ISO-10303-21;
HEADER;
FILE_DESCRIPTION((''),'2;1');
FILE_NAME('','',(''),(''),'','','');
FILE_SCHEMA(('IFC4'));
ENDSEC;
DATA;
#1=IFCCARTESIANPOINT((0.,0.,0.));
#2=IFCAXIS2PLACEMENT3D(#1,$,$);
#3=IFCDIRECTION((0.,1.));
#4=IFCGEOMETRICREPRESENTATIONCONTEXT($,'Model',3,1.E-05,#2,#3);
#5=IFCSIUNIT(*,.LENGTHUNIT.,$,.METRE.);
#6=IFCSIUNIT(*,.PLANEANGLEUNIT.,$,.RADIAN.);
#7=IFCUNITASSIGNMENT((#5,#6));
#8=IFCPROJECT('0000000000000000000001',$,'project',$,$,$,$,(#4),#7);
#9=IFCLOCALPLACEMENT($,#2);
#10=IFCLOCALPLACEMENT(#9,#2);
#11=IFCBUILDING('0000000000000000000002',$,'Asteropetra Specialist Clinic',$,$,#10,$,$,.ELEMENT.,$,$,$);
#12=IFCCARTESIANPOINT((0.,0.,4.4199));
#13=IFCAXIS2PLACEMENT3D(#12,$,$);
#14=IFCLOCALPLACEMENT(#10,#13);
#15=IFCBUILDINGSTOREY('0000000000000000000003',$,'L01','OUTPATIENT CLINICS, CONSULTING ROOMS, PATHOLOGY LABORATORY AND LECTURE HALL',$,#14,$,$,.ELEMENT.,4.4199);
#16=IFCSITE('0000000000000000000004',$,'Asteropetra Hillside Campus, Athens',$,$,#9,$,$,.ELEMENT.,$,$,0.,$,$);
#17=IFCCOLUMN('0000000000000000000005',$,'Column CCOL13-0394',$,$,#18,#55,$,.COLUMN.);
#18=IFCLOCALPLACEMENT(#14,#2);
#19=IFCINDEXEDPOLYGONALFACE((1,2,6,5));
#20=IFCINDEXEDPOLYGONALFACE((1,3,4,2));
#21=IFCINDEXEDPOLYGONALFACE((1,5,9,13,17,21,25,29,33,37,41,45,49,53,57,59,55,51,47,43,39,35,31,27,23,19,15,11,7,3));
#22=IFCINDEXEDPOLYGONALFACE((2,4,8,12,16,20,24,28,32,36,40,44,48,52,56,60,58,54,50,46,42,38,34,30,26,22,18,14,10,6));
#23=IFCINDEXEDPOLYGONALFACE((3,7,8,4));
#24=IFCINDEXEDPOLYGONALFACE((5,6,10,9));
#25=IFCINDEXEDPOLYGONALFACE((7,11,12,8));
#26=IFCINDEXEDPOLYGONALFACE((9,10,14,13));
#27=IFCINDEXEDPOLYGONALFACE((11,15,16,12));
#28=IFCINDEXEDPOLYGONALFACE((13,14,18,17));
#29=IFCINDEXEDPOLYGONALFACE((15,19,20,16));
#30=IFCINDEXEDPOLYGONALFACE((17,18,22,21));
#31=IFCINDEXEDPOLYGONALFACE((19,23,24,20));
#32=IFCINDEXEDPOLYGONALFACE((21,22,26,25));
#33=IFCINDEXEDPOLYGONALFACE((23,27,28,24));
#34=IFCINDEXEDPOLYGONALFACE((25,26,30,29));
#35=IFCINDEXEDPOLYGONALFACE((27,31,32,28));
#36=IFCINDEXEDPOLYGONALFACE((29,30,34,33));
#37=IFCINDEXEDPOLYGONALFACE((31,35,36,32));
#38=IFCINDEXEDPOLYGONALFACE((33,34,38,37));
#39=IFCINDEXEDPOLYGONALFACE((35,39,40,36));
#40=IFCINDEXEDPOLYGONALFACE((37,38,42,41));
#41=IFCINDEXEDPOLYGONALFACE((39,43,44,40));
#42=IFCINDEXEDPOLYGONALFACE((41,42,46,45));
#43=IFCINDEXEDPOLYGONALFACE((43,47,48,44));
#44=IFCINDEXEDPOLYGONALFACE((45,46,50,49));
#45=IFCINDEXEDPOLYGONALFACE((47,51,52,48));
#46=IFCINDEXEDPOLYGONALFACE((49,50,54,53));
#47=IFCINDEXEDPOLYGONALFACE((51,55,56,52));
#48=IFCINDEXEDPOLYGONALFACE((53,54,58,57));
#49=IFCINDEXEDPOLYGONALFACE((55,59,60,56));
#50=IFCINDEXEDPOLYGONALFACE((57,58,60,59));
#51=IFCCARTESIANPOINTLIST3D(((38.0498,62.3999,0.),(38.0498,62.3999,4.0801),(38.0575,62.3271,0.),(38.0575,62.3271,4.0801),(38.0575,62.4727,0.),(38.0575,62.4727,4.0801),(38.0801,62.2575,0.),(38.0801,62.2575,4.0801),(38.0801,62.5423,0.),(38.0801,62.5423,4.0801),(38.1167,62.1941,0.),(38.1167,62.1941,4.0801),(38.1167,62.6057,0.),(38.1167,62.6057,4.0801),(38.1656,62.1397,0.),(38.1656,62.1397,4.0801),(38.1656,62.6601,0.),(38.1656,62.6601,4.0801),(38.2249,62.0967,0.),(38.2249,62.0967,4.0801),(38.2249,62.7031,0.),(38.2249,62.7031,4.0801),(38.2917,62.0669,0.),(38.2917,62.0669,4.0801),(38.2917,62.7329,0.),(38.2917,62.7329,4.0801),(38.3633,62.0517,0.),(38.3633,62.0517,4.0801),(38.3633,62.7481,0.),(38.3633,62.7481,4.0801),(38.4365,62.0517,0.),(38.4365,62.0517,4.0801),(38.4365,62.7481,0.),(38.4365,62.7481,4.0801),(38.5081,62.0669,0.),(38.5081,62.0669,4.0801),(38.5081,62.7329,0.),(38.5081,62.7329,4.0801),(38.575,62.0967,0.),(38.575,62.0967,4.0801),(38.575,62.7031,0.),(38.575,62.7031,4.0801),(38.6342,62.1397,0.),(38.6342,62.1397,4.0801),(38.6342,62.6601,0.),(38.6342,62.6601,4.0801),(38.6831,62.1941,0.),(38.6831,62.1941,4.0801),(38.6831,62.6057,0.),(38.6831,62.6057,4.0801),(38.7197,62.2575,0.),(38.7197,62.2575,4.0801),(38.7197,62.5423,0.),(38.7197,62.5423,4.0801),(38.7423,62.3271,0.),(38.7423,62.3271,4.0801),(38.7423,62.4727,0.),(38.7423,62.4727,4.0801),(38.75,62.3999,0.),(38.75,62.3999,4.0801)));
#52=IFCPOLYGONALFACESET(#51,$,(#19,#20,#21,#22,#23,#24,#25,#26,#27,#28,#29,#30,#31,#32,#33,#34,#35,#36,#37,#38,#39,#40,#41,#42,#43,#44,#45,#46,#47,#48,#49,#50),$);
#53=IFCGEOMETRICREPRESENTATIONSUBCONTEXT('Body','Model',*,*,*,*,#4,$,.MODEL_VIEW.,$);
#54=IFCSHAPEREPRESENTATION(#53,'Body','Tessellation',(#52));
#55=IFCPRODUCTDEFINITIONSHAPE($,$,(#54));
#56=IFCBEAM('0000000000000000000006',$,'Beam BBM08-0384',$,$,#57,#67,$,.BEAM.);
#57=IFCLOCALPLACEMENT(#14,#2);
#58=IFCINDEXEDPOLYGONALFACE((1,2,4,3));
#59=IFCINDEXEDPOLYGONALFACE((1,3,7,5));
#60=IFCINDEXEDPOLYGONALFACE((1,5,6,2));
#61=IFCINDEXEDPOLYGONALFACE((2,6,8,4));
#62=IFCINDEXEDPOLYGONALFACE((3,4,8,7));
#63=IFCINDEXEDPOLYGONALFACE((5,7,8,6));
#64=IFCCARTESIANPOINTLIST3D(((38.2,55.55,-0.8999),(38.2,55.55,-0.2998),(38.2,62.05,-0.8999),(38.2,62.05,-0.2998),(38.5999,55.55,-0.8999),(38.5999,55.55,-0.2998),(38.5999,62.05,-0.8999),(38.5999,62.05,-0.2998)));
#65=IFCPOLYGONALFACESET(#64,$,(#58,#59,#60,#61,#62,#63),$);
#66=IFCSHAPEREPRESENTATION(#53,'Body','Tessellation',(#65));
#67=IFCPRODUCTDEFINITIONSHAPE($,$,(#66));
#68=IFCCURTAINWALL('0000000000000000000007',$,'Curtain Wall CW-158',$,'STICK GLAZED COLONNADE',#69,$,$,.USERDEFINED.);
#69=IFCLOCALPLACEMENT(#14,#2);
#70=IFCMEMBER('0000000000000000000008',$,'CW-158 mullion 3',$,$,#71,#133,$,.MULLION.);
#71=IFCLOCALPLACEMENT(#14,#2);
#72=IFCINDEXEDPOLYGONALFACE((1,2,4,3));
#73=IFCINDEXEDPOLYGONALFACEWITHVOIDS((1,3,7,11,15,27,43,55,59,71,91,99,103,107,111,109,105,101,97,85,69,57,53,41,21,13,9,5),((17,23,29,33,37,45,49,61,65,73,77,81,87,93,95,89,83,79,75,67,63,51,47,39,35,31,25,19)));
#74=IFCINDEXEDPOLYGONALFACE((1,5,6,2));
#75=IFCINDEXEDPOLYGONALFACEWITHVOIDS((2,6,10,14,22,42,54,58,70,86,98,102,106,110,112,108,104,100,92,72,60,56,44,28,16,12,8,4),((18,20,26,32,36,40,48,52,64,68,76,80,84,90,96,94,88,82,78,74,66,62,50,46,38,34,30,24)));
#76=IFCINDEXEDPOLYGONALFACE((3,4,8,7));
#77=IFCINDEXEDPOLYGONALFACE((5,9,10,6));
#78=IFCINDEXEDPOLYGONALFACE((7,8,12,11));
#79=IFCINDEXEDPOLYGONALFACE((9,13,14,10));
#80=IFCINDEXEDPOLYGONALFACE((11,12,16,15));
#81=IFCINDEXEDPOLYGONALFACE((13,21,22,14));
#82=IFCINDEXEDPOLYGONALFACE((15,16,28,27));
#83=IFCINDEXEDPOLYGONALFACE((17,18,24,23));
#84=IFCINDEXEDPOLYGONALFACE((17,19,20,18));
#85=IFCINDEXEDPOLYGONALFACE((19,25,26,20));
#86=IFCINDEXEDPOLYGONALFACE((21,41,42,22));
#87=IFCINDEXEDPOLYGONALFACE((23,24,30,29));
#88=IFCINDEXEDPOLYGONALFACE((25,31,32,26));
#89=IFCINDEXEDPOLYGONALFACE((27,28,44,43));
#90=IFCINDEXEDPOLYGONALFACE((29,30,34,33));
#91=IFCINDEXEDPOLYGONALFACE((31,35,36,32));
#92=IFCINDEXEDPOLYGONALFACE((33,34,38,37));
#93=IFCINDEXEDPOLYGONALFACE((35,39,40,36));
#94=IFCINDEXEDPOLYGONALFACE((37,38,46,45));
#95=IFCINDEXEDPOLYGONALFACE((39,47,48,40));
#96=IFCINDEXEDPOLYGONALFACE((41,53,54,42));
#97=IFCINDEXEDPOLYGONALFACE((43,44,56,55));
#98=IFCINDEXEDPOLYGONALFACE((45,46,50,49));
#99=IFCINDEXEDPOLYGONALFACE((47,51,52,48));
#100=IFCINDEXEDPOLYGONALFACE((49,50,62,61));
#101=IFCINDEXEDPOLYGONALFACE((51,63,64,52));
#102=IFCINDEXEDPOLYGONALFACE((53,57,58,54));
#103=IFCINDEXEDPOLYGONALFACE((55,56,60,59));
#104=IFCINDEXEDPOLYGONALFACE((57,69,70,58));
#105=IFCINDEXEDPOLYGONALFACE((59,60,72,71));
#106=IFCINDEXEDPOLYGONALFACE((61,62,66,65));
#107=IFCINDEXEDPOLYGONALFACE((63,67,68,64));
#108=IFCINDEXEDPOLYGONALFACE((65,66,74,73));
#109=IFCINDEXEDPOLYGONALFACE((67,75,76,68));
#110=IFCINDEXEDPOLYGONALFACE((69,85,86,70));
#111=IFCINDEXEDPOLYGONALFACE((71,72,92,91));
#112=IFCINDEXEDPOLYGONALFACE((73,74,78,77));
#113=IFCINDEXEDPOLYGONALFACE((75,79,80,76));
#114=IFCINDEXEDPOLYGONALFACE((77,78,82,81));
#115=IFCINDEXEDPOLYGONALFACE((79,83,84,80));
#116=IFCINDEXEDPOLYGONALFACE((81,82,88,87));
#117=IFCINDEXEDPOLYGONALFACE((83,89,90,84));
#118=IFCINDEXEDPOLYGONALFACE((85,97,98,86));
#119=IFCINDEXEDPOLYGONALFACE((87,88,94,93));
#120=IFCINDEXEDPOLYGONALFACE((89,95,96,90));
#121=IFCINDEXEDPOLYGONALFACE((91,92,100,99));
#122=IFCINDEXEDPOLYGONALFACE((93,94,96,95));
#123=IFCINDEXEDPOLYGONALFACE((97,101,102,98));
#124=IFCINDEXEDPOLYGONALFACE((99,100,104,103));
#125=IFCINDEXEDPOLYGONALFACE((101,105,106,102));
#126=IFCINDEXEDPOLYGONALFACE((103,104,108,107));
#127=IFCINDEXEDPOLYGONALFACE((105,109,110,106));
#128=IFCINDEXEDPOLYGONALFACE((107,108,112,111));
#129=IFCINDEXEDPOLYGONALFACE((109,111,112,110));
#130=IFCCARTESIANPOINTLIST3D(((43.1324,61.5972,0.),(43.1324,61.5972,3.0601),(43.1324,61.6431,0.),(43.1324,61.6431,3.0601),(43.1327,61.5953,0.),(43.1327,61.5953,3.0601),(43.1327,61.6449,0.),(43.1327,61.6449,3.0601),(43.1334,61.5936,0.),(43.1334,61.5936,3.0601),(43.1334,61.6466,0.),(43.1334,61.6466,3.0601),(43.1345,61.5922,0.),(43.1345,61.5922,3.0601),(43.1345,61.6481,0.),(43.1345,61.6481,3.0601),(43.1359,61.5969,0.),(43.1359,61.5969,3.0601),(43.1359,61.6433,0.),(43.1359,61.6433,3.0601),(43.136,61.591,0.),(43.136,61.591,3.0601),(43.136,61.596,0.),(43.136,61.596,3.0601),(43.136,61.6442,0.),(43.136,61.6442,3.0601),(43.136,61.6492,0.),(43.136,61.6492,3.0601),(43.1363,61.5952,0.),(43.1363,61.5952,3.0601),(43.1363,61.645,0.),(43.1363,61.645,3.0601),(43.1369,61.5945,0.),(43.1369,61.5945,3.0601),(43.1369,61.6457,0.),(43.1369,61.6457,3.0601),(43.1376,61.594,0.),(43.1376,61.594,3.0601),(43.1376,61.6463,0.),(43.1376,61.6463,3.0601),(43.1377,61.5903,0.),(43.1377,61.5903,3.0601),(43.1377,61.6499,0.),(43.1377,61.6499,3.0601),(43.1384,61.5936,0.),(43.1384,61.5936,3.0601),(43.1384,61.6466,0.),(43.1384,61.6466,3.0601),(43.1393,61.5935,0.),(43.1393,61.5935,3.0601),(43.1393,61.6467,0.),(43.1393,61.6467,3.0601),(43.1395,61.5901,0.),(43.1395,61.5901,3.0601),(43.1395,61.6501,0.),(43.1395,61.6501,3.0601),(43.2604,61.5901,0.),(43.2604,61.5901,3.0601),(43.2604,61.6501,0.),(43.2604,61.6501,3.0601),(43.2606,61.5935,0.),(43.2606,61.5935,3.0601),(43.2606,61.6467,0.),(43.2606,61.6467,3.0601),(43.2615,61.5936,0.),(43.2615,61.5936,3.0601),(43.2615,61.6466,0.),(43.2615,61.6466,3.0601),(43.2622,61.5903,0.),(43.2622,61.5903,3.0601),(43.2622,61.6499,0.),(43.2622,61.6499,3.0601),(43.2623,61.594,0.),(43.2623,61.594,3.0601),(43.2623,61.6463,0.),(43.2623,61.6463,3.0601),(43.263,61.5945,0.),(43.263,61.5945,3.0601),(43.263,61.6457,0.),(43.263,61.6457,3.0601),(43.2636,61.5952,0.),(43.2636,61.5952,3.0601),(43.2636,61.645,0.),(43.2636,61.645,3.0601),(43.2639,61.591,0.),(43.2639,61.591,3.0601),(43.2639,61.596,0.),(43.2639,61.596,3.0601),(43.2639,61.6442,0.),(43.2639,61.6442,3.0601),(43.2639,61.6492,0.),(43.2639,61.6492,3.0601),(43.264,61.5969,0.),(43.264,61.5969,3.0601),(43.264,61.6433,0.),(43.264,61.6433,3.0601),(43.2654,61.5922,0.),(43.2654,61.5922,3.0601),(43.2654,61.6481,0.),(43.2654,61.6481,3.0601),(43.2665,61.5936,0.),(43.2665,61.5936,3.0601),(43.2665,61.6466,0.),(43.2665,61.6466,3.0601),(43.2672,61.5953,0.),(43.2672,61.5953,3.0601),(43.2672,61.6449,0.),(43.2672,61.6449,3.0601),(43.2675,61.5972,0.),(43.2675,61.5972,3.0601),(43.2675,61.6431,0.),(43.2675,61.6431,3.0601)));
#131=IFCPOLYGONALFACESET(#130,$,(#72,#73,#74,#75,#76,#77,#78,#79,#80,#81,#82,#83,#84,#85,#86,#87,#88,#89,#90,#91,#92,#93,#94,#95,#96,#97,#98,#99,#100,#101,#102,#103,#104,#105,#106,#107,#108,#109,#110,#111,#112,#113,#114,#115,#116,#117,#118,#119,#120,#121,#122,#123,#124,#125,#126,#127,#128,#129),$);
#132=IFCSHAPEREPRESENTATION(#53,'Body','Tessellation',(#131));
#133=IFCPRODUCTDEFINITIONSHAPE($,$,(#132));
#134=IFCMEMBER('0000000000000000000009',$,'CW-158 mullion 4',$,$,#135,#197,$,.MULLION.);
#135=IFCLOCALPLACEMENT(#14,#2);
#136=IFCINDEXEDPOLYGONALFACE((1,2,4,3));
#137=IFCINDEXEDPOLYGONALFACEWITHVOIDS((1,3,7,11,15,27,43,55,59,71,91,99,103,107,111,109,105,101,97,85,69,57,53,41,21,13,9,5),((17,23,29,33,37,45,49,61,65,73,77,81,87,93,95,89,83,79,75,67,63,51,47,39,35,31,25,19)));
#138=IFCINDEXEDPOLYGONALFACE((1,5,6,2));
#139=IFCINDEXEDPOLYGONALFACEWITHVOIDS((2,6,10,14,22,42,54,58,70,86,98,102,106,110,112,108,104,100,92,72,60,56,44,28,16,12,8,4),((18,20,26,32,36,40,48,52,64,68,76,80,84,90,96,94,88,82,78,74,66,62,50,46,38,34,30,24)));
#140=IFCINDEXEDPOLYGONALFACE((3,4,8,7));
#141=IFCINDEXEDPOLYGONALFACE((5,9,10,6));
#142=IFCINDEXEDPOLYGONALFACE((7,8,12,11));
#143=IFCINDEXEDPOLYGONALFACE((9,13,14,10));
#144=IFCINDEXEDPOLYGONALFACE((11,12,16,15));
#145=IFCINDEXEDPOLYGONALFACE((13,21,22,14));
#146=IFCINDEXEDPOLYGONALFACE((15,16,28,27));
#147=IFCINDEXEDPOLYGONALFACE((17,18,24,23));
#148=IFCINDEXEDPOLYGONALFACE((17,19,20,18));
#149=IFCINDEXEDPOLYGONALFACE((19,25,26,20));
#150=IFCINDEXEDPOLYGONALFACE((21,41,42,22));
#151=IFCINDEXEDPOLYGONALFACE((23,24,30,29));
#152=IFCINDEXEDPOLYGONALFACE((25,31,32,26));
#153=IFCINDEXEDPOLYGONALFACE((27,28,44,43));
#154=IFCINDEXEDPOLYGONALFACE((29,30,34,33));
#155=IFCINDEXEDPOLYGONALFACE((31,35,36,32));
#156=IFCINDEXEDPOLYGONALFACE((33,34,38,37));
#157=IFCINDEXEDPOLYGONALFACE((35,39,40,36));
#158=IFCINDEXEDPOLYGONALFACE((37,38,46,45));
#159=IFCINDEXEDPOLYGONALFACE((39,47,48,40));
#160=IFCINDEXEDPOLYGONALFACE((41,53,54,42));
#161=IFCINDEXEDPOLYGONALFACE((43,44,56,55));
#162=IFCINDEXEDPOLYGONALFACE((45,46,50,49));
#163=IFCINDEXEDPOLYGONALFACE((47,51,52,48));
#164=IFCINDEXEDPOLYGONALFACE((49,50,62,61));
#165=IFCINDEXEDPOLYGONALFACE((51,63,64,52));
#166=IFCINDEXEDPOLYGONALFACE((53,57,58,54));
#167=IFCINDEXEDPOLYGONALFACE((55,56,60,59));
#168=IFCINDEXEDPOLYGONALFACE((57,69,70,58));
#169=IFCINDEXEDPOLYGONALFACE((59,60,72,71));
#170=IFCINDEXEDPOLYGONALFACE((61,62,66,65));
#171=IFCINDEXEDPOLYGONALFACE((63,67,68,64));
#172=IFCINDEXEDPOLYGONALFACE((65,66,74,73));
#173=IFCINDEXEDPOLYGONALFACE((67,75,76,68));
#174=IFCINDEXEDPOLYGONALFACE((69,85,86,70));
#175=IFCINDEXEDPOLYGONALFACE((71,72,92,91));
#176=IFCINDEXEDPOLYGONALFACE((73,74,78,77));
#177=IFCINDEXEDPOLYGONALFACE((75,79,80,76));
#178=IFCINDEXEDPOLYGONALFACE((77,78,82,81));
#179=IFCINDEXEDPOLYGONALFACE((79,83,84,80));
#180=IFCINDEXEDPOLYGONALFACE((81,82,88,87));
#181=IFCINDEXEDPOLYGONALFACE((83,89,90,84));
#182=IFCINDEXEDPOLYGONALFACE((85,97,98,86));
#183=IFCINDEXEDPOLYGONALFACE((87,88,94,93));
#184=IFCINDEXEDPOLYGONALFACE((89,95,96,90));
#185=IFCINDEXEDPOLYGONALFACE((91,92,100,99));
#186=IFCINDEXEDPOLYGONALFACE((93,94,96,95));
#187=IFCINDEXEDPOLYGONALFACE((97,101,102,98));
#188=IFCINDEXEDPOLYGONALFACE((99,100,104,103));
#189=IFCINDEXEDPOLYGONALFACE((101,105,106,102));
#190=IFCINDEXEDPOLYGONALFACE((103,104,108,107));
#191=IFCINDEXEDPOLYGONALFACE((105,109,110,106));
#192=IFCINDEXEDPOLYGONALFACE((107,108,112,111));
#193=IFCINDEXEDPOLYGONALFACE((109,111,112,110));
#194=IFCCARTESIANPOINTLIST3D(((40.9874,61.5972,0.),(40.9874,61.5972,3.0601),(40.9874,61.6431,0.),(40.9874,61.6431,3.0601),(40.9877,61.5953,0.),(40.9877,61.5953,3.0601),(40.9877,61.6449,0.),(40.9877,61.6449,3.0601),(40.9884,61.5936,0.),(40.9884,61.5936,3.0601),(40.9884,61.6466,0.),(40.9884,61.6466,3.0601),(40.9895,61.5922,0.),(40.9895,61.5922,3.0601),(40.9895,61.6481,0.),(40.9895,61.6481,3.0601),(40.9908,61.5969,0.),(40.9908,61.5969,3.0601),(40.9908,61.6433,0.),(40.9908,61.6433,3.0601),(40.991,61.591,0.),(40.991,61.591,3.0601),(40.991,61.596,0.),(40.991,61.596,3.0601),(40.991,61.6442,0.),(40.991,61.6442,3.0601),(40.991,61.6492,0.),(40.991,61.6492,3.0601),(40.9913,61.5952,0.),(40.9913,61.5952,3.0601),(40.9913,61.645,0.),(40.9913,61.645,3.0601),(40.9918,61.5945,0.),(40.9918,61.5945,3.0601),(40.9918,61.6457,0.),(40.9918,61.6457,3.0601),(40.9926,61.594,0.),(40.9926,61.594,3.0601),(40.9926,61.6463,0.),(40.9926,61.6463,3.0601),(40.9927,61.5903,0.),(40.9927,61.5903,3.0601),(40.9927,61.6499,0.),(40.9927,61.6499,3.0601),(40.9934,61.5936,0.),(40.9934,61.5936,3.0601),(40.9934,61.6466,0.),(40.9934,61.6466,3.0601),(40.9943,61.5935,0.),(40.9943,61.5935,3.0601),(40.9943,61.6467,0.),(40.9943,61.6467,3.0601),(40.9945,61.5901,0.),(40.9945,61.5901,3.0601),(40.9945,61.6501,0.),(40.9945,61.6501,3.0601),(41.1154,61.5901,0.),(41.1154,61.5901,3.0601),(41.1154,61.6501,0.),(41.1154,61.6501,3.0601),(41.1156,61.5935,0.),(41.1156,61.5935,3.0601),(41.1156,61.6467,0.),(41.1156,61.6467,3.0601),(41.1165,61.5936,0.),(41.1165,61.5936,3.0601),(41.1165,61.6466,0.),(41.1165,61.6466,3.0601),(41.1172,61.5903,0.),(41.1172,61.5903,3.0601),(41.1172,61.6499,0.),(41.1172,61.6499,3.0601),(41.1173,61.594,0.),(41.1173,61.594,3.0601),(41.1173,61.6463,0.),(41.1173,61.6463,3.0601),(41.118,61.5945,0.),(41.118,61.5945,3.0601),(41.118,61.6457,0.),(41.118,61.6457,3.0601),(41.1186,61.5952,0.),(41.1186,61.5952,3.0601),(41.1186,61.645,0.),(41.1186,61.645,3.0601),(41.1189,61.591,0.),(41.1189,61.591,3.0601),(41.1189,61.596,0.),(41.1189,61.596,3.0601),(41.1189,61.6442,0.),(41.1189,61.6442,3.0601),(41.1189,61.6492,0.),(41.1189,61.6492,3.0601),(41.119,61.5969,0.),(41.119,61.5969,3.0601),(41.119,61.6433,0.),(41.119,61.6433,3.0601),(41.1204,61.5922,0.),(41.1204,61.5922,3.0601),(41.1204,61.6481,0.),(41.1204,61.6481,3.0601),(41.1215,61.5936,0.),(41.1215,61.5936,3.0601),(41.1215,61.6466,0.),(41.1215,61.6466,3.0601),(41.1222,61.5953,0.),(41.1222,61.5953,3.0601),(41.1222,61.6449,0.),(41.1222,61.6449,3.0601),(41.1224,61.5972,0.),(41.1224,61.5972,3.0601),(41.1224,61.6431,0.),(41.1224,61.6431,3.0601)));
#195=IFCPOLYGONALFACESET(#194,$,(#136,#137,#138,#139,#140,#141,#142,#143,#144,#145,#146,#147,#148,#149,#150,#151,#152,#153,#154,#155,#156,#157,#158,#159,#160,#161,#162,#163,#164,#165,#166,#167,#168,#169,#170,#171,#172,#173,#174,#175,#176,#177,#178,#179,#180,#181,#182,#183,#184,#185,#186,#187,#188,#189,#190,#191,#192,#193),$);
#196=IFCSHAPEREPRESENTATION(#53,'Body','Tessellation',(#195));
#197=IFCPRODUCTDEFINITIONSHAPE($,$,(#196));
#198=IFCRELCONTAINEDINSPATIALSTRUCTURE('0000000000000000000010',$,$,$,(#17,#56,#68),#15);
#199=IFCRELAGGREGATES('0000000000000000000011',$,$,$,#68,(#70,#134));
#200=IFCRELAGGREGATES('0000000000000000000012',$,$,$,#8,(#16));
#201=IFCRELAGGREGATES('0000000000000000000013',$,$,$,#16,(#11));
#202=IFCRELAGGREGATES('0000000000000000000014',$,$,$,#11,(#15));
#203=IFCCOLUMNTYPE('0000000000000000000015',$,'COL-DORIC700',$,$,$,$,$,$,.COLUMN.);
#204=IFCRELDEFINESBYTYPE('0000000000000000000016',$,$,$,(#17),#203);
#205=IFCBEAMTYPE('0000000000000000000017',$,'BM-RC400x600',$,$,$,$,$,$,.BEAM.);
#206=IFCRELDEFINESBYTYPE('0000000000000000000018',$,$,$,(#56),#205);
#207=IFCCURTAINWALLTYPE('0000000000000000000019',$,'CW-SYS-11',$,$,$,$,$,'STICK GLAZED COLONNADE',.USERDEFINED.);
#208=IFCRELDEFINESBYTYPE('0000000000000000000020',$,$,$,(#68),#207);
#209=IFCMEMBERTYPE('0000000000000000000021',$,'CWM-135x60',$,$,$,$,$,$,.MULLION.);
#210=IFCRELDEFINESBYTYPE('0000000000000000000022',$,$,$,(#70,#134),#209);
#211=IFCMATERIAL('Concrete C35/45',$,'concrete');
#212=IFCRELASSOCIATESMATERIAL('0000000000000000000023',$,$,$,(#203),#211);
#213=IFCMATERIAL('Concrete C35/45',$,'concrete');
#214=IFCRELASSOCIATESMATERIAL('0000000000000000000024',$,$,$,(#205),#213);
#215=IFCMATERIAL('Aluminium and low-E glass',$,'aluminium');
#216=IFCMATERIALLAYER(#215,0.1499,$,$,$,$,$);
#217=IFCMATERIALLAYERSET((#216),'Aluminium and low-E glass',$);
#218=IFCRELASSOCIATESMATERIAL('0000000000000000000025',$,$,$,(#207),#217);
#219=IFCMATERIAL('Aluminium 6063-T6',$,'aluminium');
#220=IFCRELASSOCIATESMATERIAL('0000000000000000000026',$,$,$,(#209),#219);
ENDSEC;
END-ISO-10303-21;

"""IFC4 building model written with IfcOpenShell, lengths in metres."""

from ifc_helpers import new_model, si_unit, direction, frame, origin, origin_2d, place, context, subcontext, project, spatial, rectangle, hollow_rectangle, circle, extrude, material, layer, layer_set, material_profile, profile_set, type_object, element, aggregate, save


model = new_model("IFC4")

# Units and contexts
model_context = context("Model", 3, precision=1e-05, world=origin(), true_north=direction((0.0, 1.0)))
body_context = subcontext(model_context, "Body", "Model", "MODEL_VIEW")
ifc_project = project(units=[si_unit("LENGTHUNIT", "METRE"), si_unit("PLANEANGLEUNIT", "RADIAN")], contexts=[model_context])

# Site, building, storey
site_placement = place(None, origin())
site = spatial("IfcSite", under=ifc_project, at=site_placement, Name="Asteropetra Hillside Campus, Athens", CompositionType="ELEMENT", RefElevation=0.0)
building_placement = place(site_placement, origin())
building = spatial("IfcBuilding", under=site, at=building_placement, Name="Asteropetra Specialist Clinic", CompositionType="ELEMENT")
storey_placement = place(building_placement, frame((0.0, 0.0, 4.4199)))
storey = spatial("IfcBuildingStorey", under=building, at=storey_placement, Name="L01", Description="OUTPATIENT CLINICS, CONSULTING ROOMS, PATHOLOGY LABORATORY AND LECTURE HALL", CompositionType="ELEMENT", Elevation=4.4199)

# Column
ifc_material_1 = material(Name="Concrete C35/45", Category="concrete")
ifc_material_profile_1 = material_profile(ifc_material_1, circle(Radius=0.3501, at=origin_2d()), Name="RCC D700")
ifc_profile_set_1 = profile_set([ifc_material_profile_1], Name="Concrete C35/45")
column_type = type_object("IfcColumnType", Name="COL-DORIC700", PredefinedType="COLUMN", material=ifc_profile_set_1)
column_placement = place(storey_placement, frame((38.3999, 62.3999, 0.0), z_axis=(0.0, 0.0, 1.0), x_axis=(1.0, 0.0, 0.0)))
element("IfcColumn", 1, at=column_placement, inside=storey, type_object=column_type, Name="Column CCOL13-0394", PredefinedType="COLUMN", context=body_context, shape_type="SweptSolid", body=[
    extrude(circle(Radius=0.3501, at=origin_2d()), origin(), (0.0, 0.0, 1.0), 4.0801),
])

# Beam
ifc_material_2 = material(Name="Concrete C35/45", Category="concrete")
ifc_material_profile_2 = material_profile(ifc_material_2, rectangle(XDim=0.3999, YDim=0.6001, at=origin_2d()), Name="RCB 400x600")
ifc_profile_set_2 = profile_set([ifc_material_profile_2], Name="Concrete C35/45")
beam_type_1 = type_object("IfcBeamType", Name="BM-RC400x600", PredefinedType="BEAM", material=ifc_profile_set_2)
beam_1_placement = place(storey_placement, frame((38.3999, 55.55, -0.5999), z_axis=(0.0, 1.0, 0.0), x_axis=(-1.0, 0.0, 0.0)))
element("IfcBeam", 2, at=beam_1_placement, inside=storey, type_object=beam_type_1, Name="Beam BBM08-0384", PredefinedType="BEAM", context=body_context, shape_type="SweptSolid", body=[
    extrude(rectangle(XDim=0.3999, YDim=0.6001, at=origin_2d()), origin(), (0.0, 0.0, 1.0), 6.5),
])

# Curtain wall, members
ifc_material_3 = material(Name="Aluminium and low-E glass", Category="aluminium")
ifc_layer_1 = layer(ifc_material_3, 0.1499)
ifc_layer_set_1 = layer_set([ifc_layer_1], Name="Aluminium and low-E glass")
curtain_wall_type = type_object("IfcCurtainWallType", Name="CW-SYS-11", ElementType="STICK GLAZED COLONNADE", PredefinedType="USERDEFINED", material=ifc_layer_set_1)
curtain_wall_placement = place(storey_placement, origin())
curtain_wall = element("IfcCurtainWall", 3, at=curtain_wall_placement, inside=storey, type_object=curtain_wall_type, Name="Curtain Wall CW-158", ObjectType="STICK GLAZED COLONNADE", PredefinedType="USERDEFINED")
ifc_material_4 = material(Name="Aluminium 6063-T6", Category="aluminium")
ifc_material_profile_3 = material_profile(ifc_material_4, hollow_rectangle(XDim=0.0601, YDim=0.135, WallThickness=0.0034, InnerFilletRadius=0.0034, OuterFilletRadius=0.0071, at=origin_2d()), Name="MUL 135x60x3.5")
ifc_profile_set_3 = profile_set([ifc_material_profile_3], Name="Aluminium 6063-T6")
member_type_1 = type_object("IfcMemberType", Name="CWM-135x60", PredefinedType="MULLION", material=ifc_profile_set_3)
member_1_placement = place(storey_placement, frame((43.2, 61.6201, 0.0), z_axis=(0.0, 0.0, 1.0), x_axis=(0.0, -1.0, 0.0)))
member_1 = element("IfcMember", 4, at=member_1_placement, type_object=member_type_1, Name="CW-158 mullion 3", PredefinedType="MULLION", context=body_context, shape_type="SweptSolid", body=[
    extrude(hollow_rectangle(XDim=0.0601, YDim=0.135, WallThickness=0.0034, InnerFilletRadius=0.0034, OuterFilletRadius=0.0071, at=origin_2d()), origin(), (0.0, 0.0, 1.0), 3.0601),
])
member_2_placement = place(storey_placement, frame((41.0549, 61.6201, 0.0), z_axis=(0.0, 0.0, 1.0), x_axis=(0.0, -1.0, 0.0)))
member_2 = element("IfcMember", 5, at=member_2_placement, type_object=member_type_1, Name="CW-158 mullion 4", PredefinedType="MULLION", context=body_context, shape_type="SweptSolid", body=[
    extrude(hollow_rectangle(XDim=0.0601, YDim=0.135, WallThickness=0.0034, InnerFilletRadius=0.0034, OuterFilletRadius=0.0071, at=origin_2d()), origin(), (0.0, 0.0, 1.0), 3.0601),
])

aggregate(curtain_wall, [member_1, member_2])

save(model, "model.ifc")
